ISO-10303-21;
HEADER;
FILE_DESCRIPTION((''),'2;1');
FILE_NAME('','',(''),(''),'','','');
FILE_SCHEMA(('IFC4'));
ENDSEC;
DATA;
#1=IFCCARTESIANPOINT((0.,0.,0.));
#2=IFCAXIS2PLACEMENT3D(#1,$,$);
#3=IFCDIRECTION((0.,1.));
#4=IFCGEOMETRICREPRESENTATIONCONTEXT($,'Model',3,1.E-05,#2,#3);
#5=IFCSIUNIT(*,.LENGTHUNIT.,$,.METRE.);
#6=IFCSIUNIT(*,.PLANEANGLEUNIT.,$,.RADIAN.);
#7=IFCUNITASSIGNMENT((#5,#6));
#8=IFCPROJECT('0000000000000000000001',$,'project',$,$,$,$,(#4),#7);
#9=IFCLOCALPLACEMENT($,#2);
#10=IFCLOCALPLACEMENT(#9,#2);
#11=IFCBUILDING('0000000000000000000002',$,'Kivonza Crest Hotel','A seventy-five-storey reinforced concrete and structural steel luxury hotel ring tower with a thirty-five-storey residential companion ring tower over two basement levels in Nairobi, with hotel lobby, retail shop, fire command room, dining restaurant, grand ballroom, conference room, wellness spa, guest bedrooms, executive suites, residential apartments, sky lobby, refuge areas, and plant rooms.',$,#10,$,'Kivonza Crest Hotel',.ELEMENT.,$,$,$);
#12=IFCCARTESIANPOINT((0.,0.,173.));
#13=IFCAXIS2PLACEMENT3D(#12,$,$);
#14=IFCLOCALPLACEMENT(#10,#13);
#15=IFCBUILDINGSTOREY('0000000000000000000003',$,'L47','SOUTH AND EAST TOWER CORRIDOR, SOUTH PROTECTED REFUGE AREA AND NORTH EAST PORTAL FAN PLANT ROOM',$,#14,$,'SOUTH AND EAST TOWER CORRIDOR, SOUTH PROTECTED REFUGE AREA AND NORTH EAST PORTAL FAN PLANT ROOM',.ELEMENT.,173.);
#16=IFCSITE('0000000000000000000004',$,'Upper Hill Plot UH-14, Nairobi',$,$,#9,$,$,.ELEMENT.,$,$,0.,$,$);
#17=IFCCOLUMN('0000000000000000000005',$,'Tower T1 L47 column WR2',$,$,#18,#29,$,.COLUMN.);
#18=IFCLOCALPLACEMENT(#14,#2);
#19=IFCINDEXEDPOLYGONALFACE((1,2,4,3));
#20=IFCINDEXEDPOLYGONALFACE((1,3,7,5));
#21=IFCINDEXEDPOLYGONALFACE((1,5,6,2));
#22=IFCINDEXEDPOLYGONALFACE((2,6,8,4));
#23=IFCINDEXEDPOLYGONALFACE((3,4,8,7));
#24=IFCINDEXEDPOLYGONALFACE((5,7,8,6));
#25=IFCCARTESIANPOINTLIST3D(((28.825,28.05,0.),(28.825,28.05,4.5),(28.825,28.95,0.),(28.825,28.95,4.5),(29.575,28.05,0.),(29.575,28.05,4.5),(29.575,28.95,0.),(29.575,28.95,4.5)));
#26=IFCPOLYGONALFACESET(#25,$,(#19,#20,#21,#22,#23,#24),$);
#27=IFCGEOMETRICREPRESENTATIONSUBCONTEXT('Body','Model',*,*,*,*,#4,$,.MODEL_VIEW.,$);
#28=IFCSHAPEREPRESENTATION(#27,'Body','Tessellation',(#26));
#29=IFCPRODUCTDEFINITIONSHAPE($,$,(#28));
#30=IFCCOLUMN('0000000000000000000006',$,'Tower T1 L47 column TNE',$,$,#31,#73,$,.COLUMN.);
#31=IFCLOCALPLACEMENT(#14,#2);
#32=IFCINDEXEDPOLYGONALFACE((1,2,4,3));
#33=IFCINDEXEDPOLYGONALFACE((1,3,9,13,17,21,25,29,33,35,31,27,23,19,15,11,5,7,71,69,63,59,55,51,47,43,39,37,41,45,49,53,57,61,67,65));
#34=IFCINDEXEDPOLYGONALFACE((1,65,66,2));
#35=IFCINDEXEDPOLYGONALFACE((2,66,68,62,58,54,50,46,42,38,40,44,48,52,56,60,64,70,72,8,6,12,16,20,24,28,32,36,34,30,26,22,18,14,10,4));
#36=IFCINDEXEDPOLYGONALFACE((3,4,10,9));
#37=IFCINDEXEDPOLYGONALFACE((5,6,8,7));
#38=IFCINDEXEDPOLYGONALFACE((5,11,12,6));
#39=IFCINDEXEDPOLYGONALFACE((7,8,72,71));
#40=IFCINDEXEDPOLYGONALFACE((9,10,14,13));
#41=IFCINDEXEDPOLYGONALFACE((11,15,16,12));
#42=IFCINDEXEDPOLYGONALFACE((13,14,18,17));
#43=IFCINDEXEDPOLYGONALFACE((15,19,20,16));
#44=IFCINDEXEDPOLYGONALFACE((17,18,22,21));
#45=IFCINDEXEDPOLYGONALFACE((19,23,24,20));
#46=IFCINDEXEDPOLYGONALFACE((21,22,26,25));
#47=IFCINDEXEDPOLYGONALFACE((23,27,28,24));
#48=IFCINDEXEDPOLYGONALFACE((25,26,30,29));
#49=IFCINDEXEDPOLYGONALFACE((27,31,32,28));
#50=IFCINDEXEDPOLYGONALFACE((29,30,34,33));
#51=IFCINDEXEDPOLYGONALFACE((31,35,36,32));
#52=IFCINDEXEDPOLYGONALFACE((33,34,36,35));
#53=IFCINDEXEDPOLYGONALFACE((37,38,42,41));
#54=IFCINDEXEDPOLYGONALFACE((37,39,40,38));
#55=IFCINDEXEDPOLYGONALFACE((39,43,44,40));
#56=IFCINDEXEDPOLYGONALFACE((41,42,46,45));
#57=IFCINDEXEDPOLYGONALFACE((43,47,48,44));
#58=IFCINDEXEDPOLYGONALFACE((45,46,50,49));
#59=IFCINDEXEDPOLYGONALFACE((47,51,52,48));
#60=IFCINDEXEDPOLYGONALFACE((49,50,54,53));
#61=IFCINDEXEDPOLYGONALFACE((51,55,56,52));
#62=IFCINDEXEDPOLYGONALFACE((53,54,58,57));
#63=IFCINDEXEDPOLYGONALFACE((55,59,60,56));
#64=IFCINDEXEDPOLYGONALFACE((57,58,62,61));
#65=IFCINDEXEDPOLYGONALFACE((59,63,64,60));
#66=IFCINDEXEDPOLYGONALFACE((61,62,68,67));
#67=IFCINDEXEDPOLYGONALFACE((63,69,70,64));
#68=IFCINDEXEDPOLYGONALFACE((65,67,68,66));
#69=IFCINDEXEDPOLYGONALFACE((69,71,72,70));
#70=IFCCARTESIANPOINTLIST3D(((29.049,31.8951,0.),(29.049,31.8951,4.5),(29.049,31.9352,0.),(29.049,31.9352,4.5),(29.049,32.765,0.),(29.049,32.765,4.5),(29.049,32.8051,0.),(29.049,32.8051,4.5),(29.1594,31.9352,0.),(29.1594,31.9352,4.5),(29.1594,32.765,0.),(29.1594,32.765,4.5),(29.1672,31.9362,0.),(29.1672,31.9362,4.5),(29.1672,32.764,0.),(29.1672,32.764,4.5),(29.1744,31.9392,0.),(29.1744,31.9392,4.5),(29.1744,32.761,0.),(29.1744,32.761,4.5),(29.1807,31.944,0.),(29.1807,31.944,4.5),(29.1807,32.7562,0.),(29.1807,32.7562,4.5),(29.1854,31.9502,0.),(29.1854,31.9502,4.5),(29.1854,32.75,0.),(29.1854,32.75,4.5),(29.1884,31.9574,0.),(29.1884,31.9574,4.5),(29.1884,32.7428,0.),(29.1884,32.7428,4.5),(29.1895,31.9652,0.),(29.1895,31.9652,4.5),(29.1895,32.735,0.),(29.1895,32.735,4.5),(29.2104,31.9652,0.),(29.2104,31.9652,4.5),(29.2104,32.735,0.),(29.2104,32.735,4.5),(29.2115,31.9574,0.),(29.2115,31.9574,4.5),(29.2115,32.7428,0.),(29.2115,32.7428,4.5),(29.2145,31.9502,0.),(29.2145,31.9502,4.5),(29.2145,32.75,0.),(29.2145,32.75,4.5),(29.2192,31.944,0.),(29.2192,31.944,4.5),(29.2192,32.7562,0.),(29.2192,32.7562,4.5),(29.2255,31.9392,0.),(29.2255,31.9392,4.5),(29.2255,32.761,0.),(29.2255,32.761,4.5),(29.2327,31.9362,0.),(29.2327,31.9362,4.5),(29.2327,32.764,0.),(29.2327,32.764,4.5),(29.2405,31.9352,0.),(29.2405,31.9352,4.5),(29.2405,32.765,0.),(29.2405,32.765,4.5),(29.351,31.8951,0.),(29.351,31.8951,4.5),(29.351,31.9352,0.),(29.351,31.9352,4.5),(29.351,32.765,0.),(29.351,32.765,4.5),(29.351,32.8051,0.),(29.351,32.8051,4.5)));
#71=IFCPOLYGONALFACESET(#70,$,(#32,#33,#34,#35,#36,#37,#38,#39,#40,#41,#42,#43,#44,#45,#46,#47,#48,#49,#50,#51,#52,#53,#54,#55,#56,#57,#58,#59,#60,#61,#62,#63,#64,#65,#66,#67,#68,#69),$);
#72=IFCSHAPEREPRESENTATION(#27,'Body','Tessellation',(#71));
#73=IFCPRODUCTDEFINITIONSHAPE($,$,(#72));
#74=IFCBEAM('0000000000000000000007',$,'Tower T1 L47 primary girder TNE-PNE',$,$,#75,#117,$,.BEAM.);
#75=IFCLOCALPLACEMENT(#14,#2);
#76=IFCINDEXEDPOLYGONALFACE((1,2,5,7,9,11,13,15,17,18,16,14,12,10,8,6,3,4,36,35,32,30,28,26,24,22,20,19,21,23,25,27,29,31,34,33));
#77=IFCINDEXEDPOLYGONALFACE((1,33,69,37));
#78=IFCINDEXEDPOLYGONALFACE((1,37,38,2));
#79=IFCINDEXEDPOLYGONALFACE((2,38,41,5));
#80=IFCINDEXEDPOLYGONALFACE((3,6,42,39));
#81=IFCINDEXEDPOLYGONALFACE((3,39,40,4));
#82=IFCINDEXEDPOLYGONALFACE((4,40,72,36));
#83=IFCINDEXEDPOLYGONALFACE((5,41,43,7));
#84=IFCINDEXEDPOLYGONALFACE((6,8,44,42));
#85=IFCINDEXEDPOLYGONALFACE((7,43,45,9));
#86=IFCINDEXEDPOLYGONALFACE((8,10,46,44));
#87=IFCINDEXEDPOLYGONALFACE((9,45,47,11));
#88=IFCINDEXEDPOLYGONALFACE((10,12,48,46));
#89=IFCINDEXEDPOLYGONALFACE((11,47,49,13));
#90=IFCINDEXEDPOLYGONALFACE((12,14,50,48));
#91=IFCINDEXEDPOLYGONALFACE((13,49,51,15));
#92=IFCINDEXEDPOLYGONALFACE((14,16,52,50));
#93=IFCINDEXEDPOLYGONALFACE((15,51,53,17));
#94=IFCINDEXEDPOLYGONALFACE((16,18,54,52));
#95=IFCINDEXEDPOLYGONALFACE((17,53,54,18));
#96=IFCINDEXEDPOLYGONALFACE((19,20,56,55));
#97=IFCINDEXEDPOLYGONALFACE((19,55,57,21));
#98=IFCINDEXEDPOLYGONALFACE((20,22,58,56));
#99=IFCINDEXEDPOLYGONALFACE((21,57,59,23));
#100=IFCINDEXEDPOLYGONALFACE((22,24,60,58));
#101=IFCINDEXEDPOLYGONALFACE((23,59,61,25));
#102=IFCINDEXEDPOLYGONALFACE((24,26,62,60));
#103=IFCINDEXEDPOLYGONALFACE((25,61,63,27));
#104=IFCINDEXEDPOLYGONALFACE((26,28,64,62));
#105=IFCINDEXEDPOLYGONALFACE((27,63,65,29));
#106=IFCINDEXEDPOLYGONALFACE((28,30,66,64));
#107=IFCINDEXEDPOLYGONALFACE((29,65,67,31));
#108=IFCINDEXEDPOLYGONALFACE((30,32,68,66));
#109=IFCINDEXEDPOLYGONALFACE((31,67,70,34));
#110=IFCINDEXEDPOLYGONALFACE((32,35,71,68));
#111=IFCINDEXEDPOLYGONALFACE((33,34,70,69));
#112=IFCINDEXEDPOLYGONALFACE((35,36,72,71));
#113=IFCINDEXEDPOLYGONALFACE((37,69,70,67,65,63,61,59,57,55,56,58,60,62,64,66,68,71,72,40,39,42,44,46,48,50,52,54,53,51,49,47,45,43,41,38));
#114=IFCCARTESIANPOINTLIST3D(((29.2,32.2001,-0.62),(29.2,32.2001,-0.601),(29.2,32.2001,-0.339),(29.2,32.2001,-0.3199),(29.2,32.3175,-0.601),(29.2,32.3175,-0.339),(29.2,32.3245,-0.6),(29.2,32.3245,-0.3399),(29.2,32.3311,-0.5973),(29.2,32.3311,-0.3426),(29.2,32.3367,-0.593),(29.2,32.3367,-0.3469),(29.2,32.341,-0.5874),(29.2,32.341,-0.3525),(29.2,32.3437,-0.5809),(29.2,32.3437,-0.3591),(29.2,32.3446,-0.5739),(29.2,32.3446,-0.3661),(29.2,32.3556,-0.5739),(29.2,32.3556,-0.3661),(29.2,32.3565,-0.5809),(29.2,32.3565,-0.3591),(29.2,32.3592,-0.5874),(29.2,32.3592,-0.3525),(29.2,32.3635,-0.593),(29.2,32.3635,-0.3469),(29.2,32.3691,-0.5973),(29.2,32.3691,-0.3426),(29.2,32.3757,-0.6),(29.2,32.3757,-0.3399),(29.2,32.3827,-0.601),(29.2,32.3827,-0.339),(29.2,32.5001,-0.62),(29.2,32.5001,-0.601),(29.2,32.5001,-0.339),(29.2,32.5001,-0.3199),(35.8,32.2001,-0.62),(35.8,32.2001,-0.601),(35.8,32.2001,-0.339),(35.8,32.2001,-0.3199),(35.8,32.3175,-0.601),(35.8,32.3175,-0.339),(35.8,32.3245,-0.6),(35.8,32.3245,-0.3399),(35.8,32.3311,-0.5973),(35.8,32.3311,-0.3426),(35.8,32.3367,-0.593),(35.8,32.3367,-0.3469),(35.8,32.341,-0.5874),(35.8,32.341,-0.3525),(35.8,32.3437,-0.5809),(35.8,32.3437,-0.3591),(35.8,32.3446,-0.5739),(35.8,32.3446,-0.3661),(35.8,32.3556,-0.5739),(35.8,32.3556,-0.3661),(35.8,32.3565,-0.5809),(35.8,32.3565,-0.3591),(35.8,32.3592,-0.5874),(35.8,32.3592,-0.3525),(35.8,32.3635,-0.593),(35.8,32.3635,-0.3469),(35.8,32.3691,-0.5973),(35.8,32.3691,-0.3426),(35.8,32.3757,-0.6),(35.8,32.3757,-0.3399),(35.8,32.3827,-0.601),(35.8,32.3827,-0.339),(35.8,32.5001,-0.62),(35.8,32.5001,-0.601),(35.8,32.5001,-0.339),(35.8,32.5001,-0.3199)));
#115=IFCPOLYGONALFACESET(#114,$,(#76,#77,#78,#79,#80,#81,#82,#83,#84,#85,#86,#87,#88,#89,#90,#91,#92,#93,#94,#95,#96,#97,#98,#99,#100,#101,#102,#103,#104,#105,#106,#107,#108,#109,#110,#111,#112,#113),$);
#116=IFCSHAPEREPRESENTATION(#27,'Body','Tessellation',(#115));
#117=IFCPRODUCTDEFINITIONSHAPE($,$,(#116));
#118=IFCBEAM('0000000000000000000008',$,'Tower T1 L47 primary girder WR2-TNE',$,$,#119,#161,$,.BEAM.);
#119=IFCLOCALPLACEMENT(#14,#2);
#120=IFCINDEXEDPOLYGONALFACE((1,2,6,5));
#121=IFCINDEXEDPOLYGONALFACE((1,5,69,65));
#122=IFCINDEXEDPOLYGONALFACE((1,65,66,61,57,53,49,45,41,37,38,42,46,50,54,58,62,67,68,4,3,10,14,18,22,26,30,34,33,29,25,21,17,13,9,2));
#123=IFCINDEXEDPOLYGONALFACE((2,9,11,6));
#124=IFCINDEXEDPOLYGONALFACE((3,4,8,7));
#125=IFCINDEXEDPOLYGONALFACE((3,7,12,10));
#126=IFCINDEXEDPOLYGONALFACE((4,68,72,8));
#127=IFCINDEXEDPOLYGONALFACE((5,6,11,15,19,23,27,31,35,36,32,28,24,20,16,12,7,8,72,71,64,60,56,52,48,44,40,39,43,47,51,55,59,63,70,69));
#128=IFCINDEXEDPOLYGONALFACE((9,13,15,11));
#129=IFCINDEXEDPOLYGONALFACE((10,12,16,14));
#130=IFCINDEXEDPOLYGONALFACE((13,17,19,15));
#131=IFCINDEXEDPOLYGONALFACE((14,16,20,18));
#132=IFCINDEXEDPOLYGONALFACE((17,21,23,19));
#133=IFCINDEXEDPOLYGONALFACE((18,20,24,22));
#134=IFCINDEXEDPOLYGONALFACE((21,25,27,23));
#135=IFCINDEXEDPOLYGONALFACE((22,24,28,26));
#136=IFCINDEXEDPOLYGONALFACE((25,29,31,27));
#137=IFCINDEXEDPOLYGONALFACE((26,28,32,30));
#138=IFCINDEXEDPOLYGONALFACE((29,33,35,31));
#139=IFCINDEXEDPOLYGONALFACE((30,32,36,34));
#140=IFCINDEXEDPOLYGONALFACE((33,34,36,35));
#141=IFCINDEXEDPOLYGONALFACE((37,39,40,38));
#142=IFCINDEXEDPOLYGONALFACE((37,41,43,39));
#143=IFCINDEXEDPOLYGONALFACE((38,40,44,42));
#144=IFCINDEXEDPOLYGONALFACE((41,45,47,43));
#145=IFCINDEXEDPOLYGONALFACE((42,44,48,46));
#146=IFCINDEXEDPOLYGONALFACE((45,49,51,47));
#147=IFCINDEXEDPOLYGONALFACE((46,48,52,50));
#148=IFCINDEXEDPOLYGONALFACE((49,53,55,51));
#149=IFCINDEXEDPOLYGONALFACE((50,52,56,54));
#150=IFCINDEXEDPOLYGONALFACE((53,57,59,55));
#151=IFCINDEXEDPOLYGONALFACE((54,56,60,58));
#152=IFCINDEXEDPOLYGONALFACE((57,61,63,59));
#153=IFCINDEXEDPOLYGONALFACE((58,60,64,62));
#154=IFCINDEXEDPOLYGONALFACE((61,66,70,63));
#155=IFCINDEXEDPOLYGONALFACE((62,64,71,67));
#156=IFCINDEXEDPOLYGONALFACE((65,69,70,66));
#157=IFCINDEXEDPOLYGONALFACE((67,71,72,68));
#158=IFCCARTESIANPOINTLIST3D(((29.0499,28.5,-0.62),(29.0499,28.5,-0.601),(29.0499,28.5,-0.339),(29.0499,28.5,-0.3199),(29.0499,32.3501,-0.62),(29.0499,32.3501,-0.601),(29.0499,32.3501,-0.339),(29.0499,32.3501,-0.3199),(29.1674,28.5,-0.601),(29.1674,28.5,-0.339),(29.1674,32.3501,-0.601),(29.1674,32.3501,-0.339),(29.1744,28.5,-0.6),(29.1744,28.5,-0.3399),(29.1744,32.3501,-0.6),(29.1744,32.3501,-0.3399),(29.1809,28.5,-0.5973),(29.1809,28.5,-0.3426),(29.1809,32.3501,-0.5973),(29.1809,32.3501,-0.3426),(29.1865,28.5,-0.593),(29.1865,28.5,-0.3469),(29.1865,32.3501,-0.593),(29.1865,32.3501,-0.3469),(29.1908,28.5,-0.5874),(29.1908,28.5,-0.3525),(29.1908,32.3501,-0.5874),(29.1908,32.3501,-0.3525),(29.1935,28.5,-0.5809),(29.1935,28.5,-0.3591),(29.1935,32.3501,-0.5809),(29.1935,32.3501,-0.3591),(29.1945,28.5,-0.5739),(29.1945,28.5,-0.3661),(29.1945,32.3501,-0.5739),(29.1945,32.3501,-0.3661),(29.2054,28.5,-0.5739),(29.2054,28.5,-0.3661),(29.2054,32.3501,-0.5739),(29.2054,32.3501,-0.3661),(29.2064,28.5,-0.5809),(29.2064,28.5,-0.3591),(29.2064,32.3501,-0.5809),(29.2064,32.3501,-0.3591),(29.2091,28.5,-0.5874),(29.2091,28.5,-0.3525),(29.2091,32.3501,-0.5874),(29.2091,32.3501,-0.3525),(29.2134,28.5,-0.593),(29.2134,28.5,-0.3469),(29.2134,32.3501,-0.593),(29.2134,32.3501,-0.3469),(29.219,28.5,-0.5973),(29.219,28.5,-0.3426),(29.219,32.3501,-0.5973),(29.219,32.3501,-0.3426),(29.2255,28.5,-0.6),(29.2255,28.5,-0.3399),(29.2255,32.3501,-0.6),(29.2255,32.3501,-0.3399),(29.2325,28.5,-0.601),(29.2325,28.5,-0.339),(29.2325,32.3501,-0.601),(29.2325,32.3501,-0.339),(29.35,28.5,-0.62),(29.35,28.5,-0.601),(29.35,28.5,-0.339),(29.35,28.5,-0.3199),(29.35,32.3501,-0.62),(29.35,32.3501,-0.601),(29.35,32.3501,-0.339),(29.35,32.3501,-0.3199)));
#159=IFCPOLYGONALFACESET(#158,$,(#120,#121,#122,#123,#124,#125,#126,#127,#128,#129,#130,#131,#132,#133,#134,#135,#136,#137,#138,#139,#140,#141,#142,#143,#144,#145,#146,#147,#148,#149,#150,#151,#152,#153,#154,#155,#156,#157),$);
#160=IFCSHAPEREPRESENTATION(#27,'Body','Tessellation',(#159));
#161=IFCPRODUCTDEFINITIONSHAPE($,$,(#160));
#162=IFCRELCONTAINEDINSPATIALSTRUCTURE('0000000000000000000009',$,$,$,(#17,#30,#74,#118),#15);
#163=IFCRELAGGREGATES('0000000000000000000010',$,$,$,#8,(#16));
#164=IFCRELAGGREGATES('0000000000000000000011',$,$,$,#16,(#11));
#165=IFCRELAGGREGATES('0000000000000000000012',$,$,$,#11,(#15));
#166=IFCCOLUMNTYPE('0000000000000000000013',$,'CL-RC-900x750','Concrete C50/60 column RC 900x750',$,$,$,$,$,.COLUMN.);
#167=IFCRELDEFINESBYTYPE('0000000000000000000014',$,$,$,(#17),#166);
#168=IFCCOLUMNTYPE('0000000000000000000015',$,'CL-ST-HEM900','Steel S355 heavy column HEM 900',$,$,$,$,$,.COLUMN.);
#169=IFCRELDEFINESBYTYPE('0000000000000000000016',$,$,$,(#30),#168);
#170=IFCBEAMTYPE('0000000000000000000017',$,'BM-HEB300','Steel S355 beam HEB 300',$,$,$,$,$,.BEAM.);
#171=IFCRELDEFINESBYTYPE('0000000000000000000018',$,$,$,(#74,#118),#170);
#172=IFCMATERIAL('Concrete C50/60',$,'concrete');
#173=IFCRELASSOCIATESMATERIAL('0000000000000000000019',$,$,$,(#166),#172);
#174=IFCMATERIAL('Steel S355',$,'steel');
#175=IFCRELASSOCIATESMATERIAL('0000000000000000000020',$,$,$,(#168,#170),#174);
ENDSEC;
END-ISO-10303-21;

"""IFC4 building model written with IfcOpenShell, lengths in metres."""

from ifc_helpers import new_model, si_unit, direction, frame, origin, origin_2d, place, context, subcontext, project, spatial, rectangle, i_section, extrude, material, material_profile, profile_set, type_object, element, save


model = new_model("IFC4")

# Units and contexts
model_context = context("Model", 3, precision=1e-05, world=origin(), true_north=direction((0.0, 1.0)))
body_context = subcontext(model_context, "Body", "Model", "MODEL_VIEW")
ifc_project = project(units=[si_unit("LENGTHUNIT", "METRE"), si_unit("PLANEANGLEUNIT", "RADIAN")], contexts=[model_context])

# Site, building, storey
site_placement = place(None, origin())
site = spatial("IfcSite", under=ifc_project, at=site_placement, Name="Upper Hill Plot UH-14, Nairobi", CompositionType="ELEMENT", RefElevation=0.0)
building_placement = place(site_placement, origin())
building = spatial("IfcBuilding", under=site, at=building_placement, Name="Kivonza Crest Hotel", Description="A seventy-five-storey reinforced concrete and structural steel luxury hotel ring tower with a thirty-five-storey residential companion ring tower over two basement levels in Nairobi, with hotel lobby, retail shop, fire command room, dining restaurant, grand ballroom, conference room, wellness spa, guest bedrooms, executive suites, residential apartments, sky lobby, refuge areas, and plant rooms.", LongName="Kivonza Crest Hotel", CompositionType="ELEMENT")
storey_placement = place(building_placement, frame((0.0, 0.0, 173.0)))
storey = spatial("IfcBuildingStorey", under=building, at=storey_placement, Name="L47", Description="SOUTH AND EAST TOWER CORRIDOR, SOUTH PROTECTED REFUGE AREA AND NORTH EAST PORTAL FAN PLANT ROOM", LongName="SOUTH AND EAST TOWER CORRIDOR, SOUTH PROTECTED REFUGE AREA AND NORTH EAST PORTAL FAN PLANT ROOM", CompositionType="ELEMENT", Elevation=173.0)

# Columns
ifc_material_1 = material(Name="Concrete C50/60", Category="concrete")
ifc_material_profile_1 = material_profile(ifc_material_1, rectangle(XDim=0.75, YDim=0.8999, at=origin_2d()), Name="RC 900x750")
ifc_profile_set_1 = profile_set([ifc_material_profile_1], Name="Concrete C50/60")
column_type_1 = type_object("IfcColumnType", Name="CL-RC-900x750", Description="Concrete C50/60 column RC 900x750", PredefinedType="COLUMN", material=ifc_profile_set_1)
column_1_placement = place(storey_placement, frame((29.2, 28.5, 0.0), z_axis=(0.0, 0.0, 1.0), x_axis=(1.0, 0.0, 0.0)))
element("IfcColumn", 1, at=column_1_placement, inside=storey, type_object=column_type_1, Name="Tower T1 L47 column WR2", PredefinedType="COLUMN", context=body_context, shape_type="SweptSolid", body=[
    extrude(rectangle(XDim=0.75, YDim=0.8999, at=origin_2d()), origin(), (0.0, 0.0, 1.0), 4.5),
])
ifc_material_2 = material(Name="Steel S355", Category="steel")
ifc_material_profile_2 = material_profile(ifc_material_2, i_section(OverallWidth=0.302, OverallDepth=0.9099, WebThickness=0.021, FlangeThickness=0.04, FilletRadius=0.03, at=origin_2d()), Name="HEM 900")
ifc_profile_set_2 = profile_set([ifc_material_profile_2], Name="Steel S355")
column_type_2 = type_object("IfcColumnType", Name="CL-ST-HEM900", Description="Steel S355 heavy column HEM 900", PredefinedType="COLUMN", material=ifc_profile_set_2)
column_2_placement = place(storey_placement, frame((29.2, 32.3501, 0.0), z_axis=(0.0, 0.0, 1.0), x_axis=(1.0, 0.0, 0.0)))
element("IfcColumn", 2, at=column_2_placement, inside=storey, type_object=column_type_2, Name="Tower T1 L47 column TNE", PredefinedType="COLUMN", context=body_context, shape_type="SweptSolid", body=[
    extrude(i_section(OverallWidth=0.302, OverallDepth=0.9099, WebThickness=0.021, FlangeThickness=0.04, FilletRadius=0.03, at=origin_2d()), origin(), (0.0, 0.0, 1.0), 4.5),
])

# Beams
ifc_material_profile_3 = material_profile(ifc_material_2, i_section(OverallWidth=0.3, OverallDepth=0.3, WebThickness=0.011, FlangeThickness=0.019, FilletRadius=0.0271, at=origin_2d()), Name="HEB 300")
ifc_profile_set_3 = profile_set([ifc_material_profile_3], Name="Steel S355")
beam_type = type_object("IfcBeamType", Name="BM-HEB300", Description="Steel S355 beam HEB 300", PredefinedType="BEAM", material=ifc_profile_set_3)
beam_1_placement = place(storey_placement, frame((29.2, 32.3501, -0.47), z_axis=(1.0, 0.0, 0.0), x_axis=(0.0, 1.0, 0.0)))
element("IfcBeam", 3, at=beam_1_placement, inside=storey, type_object=beam_type, Name="Tower T1 L47 primary girder TNE-PNE", PredefinedType="BEAM", context=body_context, shape_type="SweptSolid", body=[
    extrude(i_section(OverallWidth=0.3, OverallDepth=0.3, WebThickness=0.011, FlangeThickness=0.019, FilletRadius=0.0271, at=origin_2d()), origin(), (0.0, 0.0, 1.0), 6.6001),
])
beam_2_placement = place(storey_placement, frame((29.2, 28.5, -0.47), z_axis=(0.0, 1.0, 0.0), x_axis=(-1.0, 0.0, 0.0)))
element("IfcBeam", 4, at=beam_2_placement, inside=storey, type_object=beam_type, Name="Tower T1 L47 primary girder WR2-TNE", PredefinedType="BEAM", context=body_context, shape_type="SweptSolid", body=[
    extrude(i_section(OverallWidth=0.3, OverallDepth=0.3, WebThickness=0.011, FlangeThickness=0.019, FilletRadius=0.0271, at=origin_2d()), origin(), (0.0, 0.0, 1.0), 3.8501),
])

save(model, "model.ifc")
